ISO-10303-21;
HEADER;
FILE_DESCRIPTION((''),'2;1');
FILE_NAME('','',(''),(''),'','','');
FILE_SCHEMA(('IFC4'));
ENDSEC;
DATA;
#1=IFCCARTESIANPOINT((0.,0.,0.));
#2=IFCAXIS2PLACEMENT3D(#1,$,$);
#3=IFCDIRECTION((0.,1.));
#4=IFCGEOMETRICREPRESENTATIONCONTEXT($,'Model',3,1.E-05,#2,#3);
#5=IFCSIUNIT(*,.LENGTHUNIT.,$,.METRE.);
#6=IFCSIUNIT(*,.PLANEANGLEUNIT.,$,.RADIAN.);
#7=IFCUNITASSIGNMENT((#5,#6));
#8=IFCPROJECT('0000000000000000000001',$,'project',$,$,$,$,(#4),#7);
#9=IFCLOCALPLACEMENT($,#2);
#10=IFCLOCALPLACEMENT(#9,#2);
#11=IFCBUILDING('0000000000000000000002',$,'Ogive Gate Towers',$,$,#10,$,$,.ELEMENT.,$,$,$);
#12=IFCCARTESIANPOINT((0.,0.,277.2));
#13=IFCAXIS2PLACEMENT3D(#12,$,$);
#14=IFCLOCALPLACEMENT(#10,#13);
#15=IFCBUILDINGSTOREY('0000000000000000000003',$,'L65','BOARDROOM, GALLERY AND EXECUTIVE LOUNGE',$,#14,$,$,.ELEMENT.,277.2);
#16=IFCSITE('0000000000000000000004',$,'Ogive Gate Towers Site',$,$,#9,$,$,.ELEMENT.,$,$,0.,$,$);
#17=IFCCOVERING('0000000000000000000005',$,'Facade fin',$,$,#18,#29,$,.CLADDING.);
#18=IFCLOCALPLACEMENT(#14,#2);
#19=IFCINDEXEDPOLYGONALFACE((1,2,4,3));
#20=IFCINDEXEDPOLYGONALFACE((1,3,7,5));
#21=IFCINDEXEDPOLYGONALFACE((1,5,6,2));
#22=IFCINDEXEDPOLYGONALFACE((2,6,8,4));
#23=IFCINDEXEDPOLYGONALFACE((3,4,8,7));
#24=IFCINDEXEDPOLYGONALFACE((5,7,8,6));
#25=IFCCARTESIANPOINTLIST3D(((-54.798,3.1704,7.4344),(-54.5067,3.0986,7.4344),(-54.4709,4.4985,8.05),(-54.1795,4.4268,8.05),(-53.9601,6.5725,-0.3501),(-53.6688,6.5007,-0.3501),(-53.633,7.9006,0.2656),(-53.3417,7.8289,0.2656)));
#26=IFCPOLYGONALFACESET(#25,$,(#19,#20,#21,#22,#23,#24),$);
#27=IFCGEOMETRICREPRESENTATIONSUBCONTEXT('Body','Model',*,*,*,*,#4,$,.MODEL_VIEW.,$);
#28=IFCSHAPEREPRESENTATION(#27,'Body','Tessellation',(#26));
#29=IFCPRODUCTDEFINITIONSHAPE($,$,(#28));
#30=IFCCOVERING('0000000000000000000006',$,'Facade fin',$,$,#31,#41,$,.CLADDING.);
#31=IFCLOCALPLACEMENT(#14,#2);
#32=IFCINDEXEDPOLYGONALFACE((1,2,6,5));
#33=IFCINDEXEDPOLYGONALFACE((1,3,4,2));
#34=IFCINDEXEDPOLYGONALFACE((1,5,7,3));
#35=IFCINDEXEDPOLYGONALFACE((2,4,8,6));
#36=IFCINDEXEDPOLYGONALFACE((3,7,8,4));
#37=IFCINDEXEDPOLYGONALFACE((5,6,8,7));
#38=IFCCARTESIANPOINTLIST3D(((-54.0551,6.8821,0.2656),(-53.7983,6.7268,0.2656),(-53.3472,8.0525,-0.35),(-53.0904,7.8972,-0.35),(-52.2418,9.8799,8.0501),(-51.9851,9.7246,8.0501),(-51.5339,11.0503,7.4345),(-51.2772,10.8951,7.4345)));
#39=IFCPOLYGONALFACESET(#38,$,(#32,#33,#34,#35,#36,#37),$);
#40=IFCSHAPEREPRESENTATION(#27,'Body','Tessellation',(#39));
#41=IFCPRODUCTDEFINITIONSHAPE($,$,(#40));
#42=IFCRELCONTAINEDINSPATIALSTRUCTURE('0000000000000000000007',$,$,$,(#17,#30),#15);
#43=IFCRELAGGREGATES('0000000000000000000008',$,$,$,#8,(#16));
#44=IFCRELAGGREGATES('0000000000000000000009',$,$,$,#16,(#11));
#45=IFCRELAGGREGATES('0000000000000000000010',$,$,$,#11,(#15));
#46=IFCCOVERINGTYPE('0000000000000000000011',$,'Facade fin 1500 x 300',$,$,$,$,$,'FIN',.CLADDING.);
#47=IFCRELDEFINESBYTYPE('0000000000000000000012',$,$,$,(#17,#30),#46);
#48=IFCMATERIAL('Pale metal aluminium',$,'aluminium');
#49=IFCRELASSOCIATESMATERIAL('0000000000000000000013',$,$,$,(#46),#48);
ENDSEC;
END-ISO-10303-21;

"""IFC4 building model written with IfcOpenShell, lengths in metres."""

from ifc_helpers import new_model, si_unit, direction, frame, origin, origin_2d, place, context, subcontext, project, spatial, rectangle, extrude, material, material_profile, profile_set, type_object, element, save


model = new_model("IFC4")

# Units and contexts
model_context = context("Model", 3, precision=1e-05, world=origin(), true_north=direction((0.0, 1.0)))
body_context = subcontext(model_context, "Body", "Model", "MODEL_VIEW")
ifc_project = project(units=[si_unit("LENGTHUNIT", "METRE"), si_unit("PLANEANGLEUNIT", "RADIAN")], contexts=[model_context])

# Site, building, storey
site_placement = place(None, origin())
site = spatial("IfcSite", under=ifc_project, at=site_placement, Name="Ogive Gate Towers Site", CompositionType="ELEMENT", RefElevation=0.0)
building_placement = place(site_placement, origin())
building = spatial("IfcBuilding", under=site, at=building_placement, Name="Ogive Gate Towers", CompositionType="ELEMENT")
storey_placement = place(building_placement, frame((0.0, 0.0, 277.2)))
storey = spatial("IfcBuildingStorey", under=building, at=storey_placement, Name="L65", Description="BOARDROOM, GALLERY AND EXECUTIVE LOUNGE", CompositionType="ELEMENT", Elevation=277.2)

# Shared definitions
ifc_material_1 = material(Name="Pale metal aluminium", Category="aluminium")

# Coverings
ifc_material_profile_1 = material_profile(ifc_material_1, rectangle(XDim=0.3, YDim=1.5, at=origin_2d()), Name="1500 x 300 pale metal aluminium")
ifc_profile_set_1 = profile_set([ifc_material_profile_1], Name="Pale metal aluminium")
covering_type = type_object("IfcCoveringType", Name="Facade fin 1500 x 300", ElementType="FIN", PredefinedType="CLADDING", material=ifc_profile_set_1)
for number, where, z_axis, x_axis, name in (
    (1, (-53.6509, 7.2007, -0.0422), (-0.098153, -0.398531, 0.911888), (0.970985, -0.23914, 0.0), "Facade fin"),
    (2, (-53.5728, 7.3896, -0.0422), (0.212409, 0.351175, 0.911898), (-0.855655, 0.517546, 0.0), "Facade fin"),
):
    element("IfcCovering", number, at=place(storey_placement, frame(where, z_axis=z_axis, x_axis=x_axis)), inside=storey, type_object=covering_type, Name=name, PredefinedType="CLADDING", context=body_context, shape_type="SweptSolid", body=[
        extrude(rectangle(XDim=0.3, YDim=1.5, at=origin_2d()), origin(), (0.0, 0.0, 1.0), 8.5366),
    ])

save(model, "model.ifc")
